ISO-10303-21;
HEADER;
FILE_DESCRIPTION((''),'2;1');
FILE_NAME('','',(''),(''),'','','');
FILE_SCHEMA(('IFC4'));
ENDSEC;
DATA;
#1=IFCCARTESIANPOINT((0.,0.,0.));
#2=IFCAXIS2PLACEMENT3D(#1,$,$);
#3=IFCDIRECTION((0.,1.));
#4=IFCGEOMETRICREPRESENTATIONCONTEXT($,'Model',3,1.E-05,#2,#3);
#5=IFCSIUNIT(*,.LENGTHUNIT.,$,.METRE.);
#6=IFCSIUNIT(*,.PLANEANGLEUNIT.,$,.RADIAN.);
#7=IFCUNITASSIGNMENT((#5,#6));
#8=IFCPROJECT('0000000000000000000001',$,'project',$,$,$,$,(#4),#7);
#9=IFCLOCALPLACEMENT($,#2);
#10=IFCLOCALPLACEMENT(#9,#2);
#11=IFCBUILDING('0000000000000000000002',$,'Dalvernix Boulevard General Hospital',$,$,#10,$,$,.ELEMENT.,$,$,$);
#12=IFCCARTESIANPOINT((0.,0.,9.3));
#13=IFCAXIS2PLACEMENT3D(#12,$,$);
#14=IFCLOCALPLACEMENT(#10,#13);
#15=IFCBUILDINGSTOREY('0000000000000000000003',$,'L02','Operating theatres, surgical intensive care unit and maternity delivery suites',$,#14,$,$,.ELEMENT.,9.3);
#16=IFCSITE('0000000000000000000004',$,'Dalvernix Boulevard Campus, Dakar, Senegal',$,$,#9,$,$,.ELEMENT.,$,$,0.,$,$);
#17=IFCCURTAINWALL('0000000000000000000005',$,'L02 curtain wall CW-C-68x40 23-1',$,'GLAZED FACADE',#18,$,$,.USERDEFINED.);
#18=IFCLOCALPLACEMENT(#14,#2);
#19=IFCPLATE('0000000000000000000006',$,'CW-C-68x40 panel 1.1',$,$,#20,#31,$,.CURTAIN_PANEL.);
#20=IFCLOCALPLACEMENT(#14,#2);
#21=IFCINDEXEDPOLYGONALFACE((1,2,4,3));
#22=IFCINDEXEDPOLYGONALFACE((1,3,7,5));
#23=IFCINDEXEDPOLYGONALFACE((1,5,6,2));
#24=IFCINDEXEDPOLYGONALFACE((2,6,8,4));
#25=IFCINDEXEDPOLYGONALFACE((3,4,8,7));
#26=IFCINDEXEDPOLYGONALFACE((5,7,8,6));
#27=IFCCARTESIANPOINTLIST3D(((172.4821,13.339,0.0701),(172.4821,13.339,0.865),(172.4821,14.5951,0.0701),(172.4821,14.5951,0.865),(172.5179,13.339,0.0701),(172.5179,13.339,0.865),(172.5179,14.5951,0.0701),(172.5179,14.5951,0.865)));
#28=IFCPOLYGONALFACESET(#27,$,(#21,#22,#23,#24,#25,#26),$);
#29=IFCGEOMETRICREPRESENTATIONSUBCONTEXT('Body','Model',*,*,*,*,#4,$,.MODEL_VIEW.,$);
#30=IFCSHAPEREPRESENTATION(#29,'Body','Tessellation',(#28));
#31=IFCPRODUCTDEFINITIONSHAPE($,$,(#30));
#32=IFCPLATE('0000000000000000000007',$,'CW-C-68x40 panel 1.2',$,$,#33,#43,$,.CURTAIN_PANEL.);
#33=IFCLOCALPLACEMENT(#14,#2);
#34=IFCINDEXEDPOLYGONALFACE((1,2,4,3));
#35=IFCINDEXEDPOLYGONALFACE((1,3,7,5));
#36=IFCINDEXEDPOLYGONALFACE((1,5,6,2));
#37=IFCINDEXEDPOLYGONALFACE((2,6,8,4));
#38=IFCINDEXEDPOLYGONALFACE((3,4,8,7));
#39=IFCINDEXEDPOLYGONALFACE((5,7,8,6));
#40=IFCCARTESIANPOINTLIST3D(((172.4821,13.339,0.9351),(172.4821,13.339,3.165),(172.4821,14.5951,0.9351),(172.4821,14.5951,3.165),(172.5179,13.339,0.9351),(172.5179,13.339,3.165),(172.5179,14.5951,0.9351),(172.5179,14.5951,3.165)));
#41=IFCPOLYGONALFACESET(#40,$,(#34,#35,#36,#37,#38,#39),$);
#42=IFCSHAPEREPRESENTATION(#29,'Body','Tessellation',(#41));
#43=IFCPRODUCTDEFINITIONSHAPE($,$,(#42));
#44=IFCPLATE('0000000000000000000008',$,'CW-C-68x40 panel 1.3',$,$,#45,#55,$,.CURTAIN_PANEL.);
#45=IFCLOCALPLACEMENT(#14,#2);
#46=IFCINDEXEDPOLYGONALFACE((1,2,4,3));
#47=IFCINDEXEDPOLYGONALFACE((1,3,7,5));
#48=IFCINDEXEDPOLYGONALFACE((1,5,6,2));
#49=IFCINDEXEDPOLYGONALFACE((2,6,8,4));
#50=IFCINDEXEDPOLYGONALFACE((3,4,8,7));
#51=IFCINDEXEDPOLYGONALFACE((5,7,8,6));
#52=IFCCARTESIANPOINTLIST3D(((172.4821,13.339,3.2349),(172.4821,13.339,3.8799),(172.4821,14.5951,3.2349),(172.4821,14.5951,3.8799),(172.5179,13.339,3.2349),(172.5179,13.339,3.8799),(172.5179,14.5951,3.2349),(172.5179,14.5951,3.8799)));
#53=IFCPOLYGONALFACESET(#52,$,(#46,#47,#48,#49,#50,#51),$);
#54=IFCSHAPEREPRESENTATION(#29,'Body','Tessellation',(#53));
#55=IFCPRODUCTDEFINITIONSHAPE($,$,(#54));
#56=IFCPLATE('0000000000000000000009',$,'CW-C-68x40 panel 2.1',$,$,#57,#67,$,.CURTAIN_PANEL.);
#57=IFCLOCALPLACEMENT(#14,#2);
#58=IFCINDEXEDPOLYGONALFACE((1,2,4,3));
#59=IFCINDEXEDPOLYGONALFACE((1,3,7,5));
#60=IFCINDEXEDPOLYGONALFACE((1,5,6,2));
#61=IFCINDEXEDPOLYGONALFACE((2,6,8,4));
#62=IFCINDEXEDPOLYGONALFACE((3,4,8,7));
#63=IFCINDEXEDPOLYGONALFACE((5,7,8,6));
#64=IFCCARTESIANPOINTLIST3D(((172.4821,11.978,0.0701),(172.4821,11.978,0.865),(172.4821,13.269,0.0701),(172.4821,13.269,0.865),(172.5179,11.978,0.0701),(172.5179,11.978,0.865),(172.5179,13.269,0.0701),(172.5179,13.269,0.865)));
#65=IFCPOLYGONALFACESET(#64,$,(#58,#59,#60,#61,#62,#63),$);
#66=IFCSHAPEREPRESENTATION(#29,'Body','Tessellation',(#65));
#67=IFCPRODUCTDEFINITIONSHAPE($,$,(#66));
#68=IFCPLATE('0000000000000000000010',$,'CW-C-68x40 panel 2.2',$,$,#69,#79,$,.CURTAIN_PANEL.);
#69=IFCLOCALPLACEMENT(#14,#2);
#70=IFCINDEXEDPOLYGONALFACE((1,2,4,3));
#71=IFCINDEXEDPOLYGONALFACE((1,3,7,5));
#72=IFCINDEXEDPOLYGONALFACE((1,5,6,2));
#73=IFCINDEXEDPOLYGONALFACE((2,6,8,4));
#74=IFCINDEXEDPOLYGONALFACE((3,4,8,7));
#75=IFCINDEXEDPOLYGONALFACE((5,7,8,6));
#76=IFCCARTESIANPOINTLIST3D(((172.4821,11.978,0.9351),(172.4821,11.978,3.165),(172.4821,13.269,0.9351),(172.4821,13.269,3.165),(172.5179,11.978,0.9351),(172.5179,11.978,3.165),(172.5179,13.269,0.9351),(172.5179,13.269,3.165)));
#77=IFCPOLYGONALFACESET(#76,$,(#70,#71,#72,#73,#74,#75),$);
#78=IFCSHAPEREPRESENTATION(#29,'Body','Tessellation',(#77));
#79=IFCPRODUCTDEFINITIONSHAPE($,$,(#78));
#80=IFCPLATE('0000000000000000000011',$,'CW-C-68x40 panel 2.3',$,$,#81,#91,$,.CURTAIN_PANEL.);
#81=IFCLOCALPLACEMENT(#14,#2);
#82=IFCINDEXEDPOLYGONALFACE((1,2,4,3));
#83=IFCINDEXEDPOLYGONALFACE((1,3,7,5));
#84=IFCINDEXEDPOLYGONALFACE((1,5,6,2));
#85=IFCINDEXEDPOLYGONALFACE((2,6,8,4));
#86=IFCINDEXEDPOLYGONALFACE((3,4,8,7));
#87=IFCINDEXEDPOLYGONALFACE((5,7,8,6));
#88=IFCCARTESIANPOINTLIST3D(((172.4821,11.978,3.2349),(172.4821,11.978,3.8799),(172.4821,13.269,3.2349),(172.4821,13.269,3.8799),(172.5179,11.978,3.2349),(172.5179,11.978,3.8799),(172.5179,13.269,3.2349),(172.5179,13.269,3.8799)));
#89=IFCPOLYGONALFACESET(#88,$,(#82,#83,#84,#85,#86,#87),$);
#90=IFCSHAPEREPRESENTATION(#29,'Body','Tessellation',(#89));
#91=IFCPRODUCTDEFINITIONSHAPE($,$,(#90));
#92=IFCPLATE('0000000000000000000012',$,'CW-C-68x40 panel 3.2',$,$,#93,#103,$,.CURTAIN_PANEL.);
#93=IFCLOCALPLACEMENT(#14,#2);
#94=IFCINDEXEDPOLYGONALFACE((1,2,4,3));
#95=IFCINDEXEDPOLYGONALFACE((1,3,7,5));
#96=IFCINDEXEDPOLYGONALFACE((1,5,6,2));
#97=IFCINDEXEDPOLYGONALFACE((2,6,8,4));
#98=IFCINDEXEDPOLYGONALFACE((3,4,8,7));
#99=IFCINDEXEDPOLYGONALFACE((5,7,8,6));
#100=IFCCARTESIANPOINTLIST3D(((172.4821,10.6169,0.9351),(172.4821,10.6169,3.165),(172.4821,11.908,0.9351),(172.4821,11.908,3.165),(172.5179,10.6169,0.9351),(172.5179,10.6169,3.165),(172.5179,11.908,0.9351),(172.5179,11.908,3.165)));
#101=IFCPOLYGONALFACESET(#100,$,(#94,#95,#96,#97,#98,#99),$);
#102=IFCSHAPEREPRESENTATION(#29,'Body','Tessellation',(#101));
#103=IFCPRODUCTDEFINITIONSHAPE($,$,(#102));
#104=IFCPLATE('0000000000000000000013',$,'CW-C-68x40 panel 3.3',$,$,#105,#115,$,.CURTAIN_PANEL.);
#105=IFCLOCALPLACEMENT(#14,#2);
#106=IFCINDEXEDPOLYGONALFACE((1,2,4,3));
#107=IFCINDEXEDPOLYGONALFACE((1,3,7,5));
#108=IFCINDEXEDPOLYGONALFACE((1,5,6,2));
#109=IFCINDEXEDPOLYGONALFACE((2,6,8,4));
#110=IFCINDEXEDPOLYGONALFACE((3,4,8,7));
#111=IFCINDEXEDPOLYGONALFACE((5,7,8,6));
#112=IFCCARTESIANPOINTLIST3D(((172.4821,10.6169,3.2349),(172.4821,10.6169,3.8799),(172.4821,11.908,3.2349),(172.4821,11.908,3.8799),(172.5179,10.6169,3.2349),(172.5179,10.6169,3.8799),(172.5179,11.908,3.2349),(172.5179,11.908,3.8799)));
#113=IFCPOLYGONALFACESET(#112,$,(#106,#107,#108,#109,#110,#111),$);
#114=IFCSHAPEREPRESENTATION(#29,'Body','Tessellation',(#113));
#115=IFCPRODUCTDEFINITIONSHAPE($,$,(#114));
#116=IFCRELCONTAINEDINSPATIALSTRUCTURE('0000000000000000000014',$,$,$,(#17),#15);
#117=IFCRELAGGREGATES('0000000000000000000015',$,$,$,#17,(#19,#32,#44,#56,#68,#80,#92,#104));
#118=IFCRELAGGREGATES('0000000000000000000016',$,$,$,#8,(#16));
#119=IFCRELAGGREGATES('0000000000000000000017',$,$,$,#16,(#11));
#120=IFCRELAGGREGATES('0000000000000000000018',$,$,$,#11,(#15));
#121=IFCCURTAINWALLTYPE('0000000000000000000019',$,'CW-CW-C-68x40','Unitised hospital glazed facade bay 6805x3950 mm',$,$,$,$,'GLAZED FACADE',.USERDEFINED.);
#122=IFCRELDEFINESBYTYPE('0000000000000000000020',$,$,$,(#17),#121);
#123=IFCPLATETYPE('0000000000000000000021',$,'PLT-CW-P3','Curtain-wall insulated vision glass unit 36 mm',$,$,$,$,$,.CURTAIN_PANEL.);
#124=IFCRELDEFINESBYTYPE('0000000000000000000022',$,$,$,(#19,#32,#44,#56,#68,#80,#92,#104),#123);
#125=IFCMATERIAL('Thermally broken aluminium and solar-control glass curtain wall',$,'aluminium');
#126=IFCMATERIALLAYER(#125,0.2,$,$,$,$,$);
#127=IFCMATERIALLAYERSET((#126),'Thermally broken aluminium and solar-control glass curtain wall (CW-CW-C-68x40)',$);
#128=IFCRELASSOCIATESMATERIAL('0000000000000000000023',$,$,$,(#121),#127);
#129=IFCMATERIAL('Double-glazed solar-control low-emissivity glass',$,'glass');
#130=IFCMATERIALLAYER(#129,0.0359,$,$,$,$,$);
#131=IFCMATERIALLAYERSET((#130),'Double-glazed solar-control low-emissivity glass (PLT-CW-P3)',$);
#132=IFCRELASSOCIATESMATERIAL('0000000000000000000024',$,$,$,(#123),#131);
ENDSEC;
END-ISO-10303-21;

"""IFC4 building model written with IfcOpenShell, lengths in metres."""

from ifc_helpers import new_model, si_unit, direction, frame, origin, origin_2d, place, context, subcontext, project, spatial, rectangle, extrude, material, layer, layer_set, type_object, element, aggregate, save


model = new_model("IFC4")

# Units and contexts
model_context = context("Model", 3, precision=1e-05, world=origin(), true_north=direction((0.0, 1.0)))
body_context = subcontext(model_context, "Body", "Model", "MODEL_VIEW")
ifc_project = project(units=[si_unit("LENGTHUNIT", "METRE"), si_unit("PLANEANGLEUNIT", "RADIAN")], contexts=[model_context])

# Site, building, storey
site_placement = place(None, origin())
site = spatial("IfcSite", under=ifc_project, at=site_placement, Name="Dalvernix Boulevard Campus, Dakar, Senegal", CompositionType="ELEMENT", RefElevation=0.0)
building_placement = place(site_placement, origin())
building = spatial("IfcBuilding", under=site, at=building_placement, Name="Dalvernix Boulevard General Hospital", CompositionType="ELEMENT")
storey_placement = place(building_placement, frame((0.0, 0.0, 9.3)))
storey = spatial("IfcBuildingStorey", under=building, at=storey_placement, Name="L02", Description="Operating theatres, surgical intensive care unit and maternity delivery suites", CompositionType="ELEMENT", Elevation=9.3)

# Curtain wall, plates
ifc_material_1 = material(Name="Thermally broken aluminium and solar-control glass curtain wall", Category="aluminium")
ifc_layer_1 = layer(ifc_material_1, 0.2)
ifc_layer_set_1 = layer_set([ifc_layer_1], Name="Thermally broken aluminium and solar-control glass curtain wall (CW-CW-C-68x40)")
curtain_wall_type = type_object("IfcCurtainWallType", Name="CW-CW-C-68x40", Description="Unitised hospital glazed facade bay 6805x3950 mm", ElementType="GLAZED FACADE", PredefinedType="USERDEFINED", material=ifc_layer_set_1)
curtain_wall_placement = place(storey_placement, origin())
curtain_wall = element("IfcCurtainWall", 1, at=curtain_wall_placement, inside=storey, type_object=curtain_wall_type, Name="L02 curtain wall CW-C-68x40 23-1", ObjectType="GLAZED FACADE", PredefinedType="USERDEFINED")
ifc_material_2 = material(Name="Double-glazed solar-control low-emissivity glass", Category="glass")
ifc_layer_2 = layer(ifc_material_2, 0.0359)
ifc_layer_set_2 = layer_set([ifc_layer_2], Name="Double-glazed solar-control low-emissivity glass (PLT-CW-P3)")
plate_type = type_object("IfcPlateType", Name="PLT-CW-P3", Description="Curtain-wall insulated vision glass unit 36 mm", PredefinedType="CURTAIN_PANEL", material=ifc_layer_set_2)
plate_1_placement = place(storey_placement, frame((172.5, 13.967, 0.0701), z_axis=(0.0, 0.0, 1.0), x_axis=(0.0, -1.0, 0.0)))
plate_1 = element("IfcPlate", 2, at=plate_1_placement, type_object=plate_type, Name="CW-C-68x40 panel 1.1", PredefinedType="CURTAIN_PANEL", context=body_context, shape_type="SweptSolid", body=[
    extrude(rectangle(XDim=1.2561, YDim=0.0359, at=origin_2d()), origin(), (0.0, 0.0, 1.0), 0.7949),
])
plate_2_placement = place(storey_placement, frame((172.5, 13.967, 0.9351), z_axis=(0.0, 0.0, 1.0), x_axis=(0.0, -1.0, 0.0)))
plate_2 = element("IfcPlate", 3, at=plate_2_placement, type_object=plate_type, Name="CW-C-68x40 panel 1.2", PredefinedType="CURTAIN_PANEL", context=body_context, shape_type="SweptSolid", body=[
    extrude(rectangle(XDim=1.2561, YDim=0.0359, at=origin_2d()), origin(), (0.0, 0.0, 1.0), 2.23),
])
plate_3_placement = place(storey_placement, frame((172.5, 13.967, 3.2349), z_axis=(0.0, 0.0, 1.0), x_axis=(0.0, -1.0, 0.0)))
plate_3 = element("IfcPlate", 4, at=plate_3_placement, type_object=plate_type, Name="CW-C-68x40 panel 1.3", PredefinedType="CURTAIN_PANEL", context=body_context, shape_type="SweptSolid", body=[
    extrude(rectangle(XDim=1.2561, YDim=0.0359, at=origin_2d()), origin(), (0.0, 0.0, 1.0), 0.645),
])
plate_4_placement = place(storey_placement, frame((172.5, 12.6235, 0.0701), z_axis=(0.0, 0.0, 1.0), x_axis=(0.0, -1.0, 0.0)))
plate_4 = element("IfcPlate", 5, at=plate_4_placement, type_object=plate_type, Name="CW-C-68x40 panel 2.1", PredefinedType="CURTAIN_PANEL", context=body_context, shape_type="SweptSolid", body=[
    extrude(rectangle(XDim=1.291, YDim=0.0359, at=origin_2d()), origin(), (0.0, 0.0, 1.0), 0.7949),
])
plate_5_placement = place(storey_placement, frame((172.5, 12.6235, 0.9351), z_axis=(0.0, 0.0, 1.0), x_axis=(0.0, -1.0, 0.0)))
plate_5 = element("IfcPlate", 6, at=plate_5_placement, type_object=plate_type, Name="CW-C-68x40 panel 2.2", PredefinedType="CURTAIN_PANEL", context=body_context, shape_type="SweptSolid", body=[
    extrude(rectangle(XDim=1.291, YDim=0.0359, at=origin_2d()), origin(), (0.0, 0.0, 1.0), 2.23),
])
plate_6_placement = place(storey_placement, frame((172.5, 12.6235, 3.2349), z_axis=(0.0, 0.0, 1.0), x_axis=(0.0, -1.0, 0.0)))
plate_6 = element("IfcPlate", 7, at=plate_6_placement, type_object=plate_type, Name="CW-C-68x40 panel 2.3", PredefinedType="CURTAIN_PANEL", context=body_context, shape_type="SweptSolid", body=[
    extrude(rectangle(XDim=1.291, YDim=0.0359, at=origin_2d()), origin(), (0.0, 0.0, 1.0), 0.645),
])
plate_7_placement = place(storey_placement, frame((172.5, 11.2625, 0.9351), z_axis=(0.0, 0.0, 1.0), x_axis=(0.0, -1.0, 0.0)))
plate_7 = element("IfcPlate", 8, at=plate_7_placement, type_object=plate_type, Name="CW-C-68x40 panel 3.2", PredefinedType="CURTAIN_PANEL", context=body_context, shape_type="SweptSolid", body=[
    extrude(rectangle(XDim=1.291, YDim=0.0359, at=origin_2d()), origin(), (0.0, 0.0, 1.0), 2.23),
])
plate_8_placement = place(storey_placement, frame((172.5, 11.2625, 3.2349), z_axis=(0.0, 0.0, 1.0), x_axis=(0.0, -1.0, 0.0)))
plate_8 = element("IfcPlate", 9, at=plate_8_placement, type_object=plate_type, Name="CW-C-68x40 panel 3.3", PredefinedType="CURTAIN_PANEL", context=body_context, shape_type="SweptSolid", body=[
    extrude(rectangle(XDim=1.291, YDim=0.0359, at=origin_2d()), origin(), (0.0, 0.0, 1.0), 0.645),
])
aggregate(curtain_wall, [plate_1, plate_2, plate_3, plate_4, plate_5, plate_6, plate_7, plate_8])

save(model, "model.ifc")
